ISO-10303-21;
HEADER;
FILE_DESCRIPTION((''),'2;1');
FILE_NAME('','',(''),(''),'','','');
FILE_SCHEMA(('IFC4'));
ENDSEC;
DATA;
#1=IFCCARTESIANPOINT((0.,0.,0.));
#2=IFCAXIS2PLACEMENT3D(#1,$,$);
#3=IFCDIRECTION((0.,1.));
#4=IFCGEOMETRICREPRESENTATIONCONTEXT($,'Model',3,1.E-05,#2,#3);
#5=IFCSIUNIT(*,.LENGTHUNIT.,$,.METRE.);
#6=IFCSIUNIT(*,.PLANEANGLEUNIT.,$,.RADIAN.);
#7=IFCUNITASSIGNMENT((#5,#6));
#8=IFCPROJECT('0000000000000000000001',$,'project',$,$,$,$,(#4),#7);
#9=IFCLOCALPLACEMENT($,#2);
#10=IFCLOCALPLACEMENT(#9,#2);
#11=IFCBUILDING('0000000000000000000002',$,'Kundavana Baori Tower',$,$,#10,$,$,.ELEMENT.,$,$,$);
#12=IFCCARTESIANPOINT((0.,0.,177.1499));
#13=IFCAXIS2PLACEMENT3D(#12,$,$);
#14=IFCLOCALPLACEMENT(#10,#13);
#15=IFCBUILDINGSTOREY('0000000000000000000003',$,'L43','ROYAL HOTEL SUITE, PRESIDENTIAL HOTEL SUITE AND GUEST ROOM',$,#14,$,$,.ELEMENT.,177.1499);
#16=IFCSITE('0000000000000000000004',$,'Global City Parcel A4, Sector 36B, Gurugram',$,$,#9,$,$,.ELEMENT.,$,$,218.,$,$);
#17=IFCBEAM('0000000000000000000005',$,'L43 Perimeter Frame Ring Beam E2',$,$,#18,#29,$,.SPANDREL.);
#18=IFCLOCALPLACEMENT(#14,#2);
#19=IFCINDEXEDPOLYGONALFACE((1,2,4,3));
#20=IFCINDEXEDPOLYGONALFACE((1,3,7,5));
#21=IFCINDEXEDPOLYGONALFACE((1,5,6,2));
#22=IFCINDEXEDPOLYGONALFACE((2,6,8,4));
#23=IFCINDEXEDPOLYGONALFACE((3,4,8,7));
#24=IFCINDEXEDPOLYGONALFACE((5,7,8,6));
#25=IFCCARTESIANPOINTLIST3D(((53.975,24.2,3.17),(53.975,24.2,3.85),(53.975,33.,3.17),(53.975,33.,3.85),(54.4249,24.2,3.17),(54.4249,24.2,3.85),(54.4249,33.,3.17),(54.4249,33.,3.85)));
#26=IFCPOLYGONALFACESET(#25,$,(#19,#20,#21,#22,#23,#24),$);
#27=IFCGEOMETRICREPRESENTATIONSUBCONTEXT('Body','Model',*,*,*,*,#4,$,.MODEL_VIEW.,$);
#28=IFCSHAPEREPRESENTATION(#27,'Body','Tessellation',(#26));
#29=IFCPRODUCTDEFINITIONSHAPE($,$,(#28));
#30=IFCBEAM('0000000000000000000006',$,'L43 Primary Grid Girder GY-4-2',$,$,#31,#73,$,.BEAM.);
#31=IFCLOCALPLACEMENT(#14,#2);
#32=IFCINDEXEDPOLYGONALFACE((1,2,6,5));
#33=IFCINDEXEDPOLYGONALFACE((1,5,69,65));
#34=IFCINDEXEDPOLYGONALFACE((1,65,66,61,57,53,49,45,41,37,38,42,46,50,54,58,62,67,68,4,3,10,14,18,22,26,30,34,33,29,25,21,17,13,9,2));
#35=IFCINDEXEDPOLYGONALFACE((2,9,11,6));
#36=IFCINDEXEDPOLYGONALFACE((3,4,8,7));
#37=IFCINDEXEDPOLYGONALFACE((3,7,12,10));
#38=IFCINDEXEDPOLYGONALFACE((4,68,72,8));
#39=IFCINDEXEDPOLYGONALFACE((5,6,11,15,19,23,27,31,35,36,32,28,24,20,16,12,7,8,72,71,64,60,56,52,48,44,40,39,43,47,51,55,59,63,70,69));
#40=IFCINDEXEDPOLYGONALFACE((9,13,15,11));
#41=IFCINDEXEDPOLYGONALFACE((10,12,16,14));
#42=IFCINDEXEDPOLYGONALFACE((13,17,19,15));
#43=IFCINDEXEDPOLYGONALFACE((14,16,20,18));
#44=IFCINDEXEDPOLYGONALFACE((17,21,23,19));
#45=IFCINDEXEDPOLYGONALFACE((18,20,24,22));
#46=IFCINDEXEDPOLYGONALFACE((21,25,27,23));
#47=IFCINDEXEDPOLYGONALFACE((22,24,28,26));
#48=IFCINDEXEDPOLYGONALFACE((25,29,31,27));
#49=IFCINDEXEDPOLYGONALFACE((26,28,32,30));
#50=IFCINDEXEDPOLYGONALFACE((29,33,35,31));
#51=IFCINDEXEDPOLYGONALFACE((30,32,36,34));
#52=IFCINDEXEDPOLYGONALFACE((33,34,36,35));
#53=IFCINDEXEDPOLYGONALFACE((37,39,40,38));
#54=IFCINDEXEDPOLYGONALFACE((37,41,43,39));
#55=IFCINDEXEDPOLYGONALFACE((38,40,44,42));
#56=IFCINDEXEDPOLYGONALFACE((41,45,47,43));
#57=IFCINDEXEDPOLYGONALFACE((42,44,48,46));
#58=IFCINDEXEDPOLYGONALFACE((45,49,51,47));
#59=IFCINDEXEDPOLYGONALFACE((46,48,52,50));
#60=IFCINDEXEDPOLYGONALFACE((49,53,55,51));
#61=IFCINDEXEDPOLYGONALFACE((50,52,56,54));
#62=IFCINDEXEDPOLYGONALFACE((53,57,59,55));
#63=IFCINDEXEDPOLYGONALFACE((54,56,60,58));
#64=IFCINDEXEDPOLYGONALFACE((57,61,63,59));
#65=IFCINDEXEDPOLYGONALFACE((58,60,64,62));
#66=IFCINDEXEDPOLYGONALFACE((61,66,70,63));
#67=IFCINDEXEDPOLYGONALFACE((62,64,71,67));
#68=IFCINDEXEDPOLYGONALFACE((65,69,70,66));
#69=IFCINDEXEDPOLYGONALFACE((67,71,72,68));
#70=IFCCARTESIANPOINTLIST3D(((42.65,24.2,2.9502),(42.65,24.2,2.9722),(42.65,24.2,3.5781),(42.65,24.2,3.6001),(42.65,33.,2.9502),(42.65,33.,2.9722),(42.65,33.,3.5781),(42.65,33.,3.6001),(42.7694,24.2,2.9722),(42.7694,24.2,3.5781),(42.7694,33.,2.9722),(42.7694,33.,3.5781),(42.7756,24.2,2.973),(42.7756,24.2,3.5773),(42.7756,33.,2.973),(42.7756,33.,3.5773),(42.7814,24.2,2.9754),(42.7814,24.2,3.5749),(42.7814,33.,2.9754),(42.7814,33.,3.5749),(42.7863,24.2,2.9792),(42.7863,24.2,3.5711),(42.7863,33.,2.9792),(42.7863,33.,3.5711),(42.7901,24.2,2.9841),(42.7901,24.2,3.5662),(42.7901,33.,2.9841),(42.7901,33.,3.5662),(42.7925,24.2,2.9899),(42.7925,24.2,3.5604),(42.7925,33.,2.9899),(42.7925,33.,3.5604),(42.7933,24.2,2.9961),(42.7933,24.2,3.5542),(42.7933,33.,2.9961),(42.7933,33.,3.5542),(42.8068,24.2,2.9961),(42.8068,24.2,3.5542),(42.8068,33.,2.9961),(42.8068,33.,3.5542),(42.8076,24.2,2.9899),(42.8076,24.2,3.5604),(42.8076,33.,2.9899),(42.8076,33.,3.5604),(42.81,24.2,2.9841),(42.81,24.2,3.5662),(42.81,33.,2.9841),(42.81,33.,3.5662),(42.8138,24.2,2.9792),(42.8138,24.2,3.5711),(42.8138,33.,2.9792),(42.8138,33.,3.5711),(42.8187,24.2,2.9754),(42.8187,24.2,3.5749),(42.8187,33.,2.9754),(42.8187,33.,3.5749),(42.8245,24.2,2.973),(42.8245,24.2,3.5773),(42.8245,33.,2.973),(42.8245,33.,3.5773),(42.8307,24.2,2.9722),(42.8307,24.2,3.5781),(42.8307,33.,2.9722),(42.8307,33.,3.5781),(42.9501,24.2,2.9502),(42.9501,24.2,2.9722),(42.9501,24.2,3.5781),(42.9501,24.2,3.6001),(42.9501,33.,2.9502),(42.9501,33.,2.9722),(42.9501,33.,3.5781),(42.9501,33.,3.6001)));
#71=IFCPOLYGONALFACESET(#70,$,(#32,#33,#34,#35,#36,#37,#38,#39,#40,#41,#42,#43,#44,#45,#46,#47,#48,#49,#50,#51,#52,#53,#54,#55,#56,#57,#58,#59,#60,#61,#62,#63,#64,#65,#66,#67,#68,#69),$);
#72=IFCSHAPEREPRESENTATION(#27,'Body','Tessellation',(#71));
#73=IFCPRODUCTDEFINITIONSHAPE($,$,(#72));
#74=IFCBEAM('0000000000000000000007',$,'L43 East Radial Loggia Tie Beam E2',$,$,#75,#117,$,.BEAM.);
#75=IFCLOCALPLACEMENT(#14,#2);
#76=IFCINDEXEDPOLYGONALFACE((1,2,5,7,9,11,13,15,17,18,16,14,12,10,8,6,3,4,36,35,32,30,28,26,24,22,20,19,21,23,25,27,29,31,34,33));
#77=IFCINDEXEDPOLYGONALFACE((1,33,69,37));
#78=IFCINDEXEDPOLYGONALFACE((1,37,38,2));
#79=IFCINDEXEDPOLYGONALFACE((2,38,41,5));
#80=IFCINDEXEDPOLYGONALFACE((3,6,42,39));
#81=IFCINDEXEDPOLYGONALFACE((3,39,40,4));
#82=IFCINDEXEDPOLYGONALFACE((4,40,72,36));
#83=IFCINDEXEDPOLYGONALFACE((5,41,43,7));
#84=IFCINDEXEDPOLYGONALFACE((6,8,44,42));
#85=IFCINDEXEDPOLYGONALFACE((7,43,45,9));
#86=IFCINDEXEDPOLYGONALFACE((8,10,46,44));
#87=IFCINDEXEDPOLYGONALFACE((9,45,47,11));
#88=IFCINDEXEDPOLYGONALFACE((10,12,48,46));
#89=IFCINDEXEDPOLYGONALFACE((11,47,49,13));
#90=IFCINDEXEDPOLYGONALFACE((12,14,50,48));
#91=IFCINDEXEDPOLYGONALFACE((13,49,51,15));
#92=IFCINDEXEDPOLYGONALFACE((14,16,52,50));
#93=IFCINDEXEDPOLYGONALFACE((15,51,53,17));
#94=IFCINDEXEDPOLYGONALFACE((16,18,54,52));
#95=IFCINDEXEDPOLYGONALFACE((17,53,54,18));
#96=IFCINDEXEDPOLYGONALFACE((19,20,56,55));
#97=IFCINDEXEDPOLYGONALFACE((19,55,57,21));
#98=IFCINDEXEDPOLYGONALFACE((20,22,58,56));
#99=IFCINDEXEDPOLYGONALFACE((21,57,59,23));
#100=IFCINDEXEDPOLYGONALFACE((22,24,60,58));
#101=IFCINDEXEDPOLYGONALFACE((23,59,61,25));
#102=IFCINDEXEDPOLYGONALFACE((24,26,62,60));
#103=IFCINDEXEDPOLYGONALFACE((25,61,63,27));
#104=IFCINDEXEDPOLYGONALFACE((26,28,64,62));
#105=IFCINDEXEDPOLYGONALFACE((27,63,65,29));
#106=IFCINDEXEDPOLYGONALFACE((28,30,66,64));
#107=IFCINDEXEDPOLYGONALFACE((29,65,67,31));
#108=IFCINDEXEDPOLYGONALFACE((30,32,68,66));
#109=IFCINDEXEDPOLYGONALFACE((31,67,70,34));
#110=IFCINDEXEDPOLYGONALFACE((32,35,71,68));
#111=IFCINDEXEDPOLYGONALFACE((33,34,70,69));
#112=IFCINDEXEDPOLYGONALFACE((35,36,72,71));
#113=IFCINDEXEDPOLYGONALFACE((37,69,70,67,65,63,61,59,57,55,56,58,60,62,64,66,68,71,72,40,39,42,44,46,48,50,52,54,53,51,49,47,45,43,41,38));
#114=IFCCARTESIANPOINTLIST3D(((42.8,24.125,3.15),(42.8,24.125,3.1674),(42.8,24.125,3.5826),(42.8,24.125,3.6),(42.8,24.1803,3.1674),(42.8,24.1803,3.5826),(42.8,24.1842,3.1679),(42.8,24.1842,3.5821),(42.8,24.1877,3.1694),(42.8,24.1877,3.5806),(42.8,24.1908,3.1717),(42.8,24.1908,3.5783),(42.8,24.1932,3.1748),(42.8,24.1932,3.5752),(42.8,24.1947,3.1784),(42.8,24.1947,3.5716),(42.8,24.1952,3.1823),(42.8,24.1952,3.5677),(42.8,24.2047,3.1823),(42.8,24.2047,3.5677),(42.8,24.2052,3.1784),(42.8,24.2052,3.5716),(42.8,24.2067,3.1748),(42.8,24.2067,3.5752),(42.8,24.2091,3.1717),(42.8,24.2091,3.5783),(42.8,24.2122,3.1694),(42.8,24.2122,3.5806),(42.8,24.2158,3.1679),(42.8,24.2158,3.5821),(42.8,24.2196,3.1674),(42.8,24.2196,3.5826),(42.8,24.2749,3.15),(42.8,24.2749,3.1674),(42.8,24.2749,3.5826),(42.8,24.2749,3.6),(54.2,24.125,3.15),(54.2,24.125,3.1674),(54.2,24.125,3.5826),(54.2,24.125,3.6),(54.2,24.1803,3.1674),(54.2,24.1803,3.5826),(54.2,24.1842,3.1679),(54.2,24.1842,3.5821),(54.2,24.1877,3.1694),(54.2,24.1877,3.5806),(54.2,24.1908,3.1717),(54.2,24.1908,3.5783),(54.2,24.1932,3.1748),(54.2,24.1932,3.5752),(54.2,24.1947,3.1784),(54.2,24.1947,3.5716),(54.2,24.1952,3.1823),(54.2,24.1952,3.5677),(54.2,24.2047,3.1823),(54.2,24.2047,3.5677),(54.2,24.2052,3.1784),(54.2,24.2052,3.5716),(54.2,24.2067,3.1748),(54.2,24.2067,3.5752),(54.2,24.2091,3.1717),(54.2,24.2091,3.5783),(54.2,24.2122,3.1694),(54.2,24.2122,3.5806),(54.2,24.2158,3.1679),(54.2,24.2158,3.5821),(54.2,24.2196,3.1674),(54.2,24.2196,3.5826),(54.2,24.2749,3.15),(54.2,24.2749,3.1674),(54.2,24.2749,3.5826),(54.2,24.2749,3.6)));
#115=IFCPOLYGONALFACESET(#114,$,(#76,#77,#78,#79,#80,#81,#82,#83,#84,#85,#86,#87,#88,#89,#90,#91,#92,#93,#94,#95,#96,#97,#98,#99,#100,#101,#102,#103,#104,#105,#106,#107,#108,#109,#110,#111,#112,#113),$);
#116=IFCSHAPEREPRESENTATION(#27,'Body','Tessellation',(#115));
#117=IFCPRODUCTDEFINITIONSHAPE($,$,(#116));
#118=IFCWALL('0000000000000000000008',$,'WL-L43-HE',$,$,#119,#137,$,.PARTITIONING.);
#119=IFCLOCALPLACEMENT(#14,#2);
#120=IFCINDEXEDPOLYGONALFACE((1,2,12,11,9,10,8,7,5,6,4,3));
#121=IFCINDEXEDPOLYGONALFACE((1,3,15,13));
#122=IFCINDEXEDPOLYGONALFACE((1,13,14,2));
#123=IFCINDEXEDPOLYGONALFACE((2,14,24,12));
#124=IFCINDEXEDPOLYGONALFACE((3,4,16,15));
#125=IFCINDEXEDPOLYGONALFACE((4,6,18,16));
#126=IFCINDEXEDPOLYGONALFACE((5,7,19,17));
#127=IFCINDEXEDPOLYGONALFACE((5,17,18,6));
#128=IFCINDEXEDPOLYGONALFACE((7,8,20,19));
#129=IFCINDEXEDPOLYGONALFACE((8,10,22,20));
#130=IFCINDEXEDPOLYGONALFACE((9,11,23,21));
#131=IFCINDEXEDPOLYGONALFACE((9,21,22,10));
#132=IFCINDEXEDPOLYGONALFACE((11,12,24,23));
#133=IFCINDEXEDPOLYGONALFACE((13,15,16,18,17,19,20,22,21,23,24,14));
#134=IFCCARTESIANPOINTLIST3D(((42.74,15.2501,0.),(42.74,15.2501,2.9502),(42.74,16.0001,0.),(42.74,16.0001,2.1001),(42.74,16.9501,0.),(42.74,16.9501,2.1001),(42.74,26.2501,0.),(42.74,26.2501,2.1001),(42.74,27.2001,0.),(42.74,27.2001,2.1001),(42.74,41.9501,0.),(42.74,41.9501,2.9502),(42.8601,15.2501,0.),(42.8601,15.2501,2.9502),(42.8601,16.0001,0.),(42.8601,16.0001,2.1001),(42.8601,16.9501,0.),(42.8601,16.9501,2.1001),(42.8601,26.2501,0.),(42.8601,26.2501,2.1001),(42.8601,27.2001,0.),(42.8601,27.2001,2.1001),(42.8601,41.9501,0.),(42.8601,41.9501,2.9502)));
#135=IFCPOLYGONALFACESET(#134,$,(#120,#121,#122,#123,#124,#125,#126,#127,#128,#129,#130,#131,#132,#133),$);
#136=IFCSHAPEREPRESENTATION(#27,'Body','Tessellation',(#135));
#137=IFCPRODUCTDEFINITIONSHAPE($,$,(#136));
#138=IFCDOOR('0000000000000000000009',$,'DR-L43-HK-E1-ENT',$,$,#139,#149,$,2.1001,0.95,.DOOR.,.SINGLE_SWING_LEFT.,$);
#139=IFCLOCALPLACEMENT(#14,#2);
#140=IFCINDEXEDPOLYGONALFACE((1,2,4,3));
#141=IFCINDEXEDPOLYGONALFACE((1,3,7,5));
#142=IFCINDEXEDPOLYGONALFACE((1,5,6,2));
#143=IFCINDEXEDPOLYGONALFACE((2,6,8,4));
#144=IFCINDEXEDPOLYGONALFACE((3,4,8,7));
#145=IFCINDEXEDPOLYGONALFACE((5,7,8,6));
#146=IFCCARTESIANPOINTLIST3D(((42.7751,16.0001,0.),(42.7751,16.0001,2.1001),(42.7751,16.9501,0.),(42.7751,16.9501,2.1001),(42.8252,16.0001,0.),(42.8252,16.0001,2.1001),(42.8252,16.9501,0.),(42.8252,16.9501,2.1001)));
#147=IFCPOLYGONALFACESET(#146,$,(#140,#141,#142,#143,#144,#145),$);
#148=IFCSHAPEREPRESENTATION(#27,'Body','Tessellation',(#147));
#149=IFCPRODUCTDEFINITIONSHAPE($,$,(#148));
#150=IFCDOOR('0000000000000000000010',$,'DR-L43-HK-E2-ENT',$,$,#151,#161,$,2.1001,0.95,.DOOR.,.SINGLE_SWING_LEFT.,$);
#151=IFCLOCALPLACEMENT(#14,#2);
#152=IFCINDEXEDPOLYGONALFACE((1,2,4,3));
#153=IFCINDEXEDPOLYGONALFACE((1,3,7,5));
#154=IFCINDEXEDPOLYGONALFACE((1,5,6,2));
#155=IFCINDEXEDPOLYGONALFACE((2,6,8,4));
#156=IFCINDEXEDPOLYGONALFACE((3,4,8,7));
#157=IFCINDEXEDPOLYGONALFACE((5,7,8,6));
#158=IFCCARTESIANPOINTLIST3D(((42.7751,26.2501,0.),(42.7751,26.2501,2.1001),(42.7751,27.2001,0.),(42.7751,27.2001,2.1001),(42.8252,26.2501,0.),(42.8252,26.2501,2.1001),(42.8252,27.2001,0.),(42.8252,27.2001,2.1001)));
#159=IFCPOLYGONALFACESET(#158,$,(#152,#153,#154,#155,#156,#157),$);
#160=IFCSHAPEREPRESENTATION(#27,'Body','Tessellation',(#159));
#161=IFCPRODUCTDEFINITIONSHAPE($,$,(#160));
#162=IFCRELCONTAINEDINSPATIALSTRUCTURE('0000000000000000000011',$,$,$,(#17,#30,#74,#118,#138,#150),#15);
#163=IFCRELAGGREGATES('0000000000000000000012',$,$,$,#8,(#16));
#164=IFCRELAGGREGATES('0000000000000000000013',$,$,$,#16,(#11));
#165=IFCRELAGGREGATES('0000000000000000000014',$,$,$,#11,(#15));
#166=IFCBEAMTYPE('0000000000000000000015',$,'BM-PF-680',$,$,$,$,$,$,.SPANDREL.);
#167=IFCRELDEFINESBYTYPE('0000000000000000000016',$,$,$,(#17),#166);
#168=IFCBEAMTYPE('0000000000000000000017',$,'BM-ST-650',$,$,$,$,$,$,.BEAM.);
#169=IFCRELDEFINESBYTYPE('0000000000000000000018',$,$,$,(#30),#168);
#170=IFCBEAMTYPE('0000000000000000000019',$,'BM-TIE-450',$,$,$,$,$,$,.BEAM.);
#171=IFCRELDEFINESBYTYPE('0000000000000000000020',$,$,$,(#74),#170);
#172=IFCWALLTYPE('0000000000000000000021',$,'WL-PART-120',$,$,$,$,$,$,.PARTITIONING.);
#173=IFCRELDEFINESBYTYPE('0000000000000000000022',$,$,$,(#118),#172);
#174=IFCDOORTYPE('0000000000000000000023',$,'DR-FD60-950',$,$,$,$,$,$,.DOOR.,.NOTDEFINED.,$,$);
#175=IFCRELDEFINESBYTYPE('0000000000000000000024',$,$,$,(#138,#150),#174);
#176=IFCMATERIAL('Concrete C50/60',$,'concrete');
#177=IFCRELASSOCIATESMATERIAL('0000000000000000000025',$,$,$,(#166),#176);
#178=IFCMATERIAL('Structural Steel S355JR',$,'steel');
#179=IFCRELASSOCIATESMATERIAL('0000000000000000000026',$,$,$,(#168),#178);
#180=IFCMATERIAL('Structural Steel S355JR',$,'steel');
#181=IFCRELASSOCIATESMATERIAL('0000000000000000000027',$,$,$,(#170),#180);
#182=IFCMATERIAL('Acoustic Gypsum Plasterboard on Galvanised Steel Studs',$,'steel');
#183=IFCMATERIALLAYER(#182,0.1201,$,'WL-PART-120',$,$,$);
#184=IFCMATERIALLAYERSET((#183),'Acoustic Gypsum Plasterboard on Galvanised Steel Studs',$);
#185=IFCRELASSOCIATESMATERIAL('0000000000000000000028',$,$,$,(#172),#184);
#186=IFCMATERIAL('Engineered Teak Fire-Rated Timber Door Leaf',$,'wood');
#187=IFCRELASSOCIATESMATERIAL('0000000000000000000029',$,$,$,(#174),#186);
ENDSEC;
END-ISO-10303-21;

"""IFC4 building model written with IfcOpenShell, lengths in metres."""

from ifc_helpers import new_model, si_unit, direction, frame, frame_2d, origin, origin_2d, place, context, subcontext, project, spatial, rectangle, i_section, extrude, material, layer, layer_set, material_profile, profile_set, type_object, element, fill, save


model = new_model("IFC4")

# Units and contexts
model_context = context("Model", 3, precision=1e-05, world=origin(), true_north=direction((0.0, 1.0)))
body_context = subcontext(model_context, "Body", "Model", "MODEL_VIEW")
ifc_project = project(units=[si_unit("LENGTHUNIT", "METRE"), si_unit("PLANEANGLEUNIT", "RADIAN")], contexts=[model_context])

# Site, building, storey
site_placement = place(None, origin())
site = spatial("IfcSite", under=ifc_project, at=site_placement, Name="Global City Parcel A4, Sector 36B, Gurugram", CompositionType="ELEMENT", RefElevation=218.0)
building_placement = place(site_placement, origin())
building = spatial("IfcBuilding", under=site, at=building_placement, Name="Kundavana Baori Tower", CompositionType="ELEMENT")
storey_placement = place(building_placement, frame((0.0, 0.0, 177.1499)))
storey = spatial("IfcBuildingStorey", under=building, at=storey_placement, Name="L43", Description="ROYAL HOTEL SUITE, PRESIDENTIAL HOTEL SUITE AND GUEST ROOM", CompositionType="ELEMENT", Elevation=177.1499)

# Beams
ifc_material_1 = material(Name="Concrete C50/60", Category="concrete")
ifc_material_profile_1 = material_profile(ifc_material_1, rectangle(XDim=0.45, YDim=0.6799, at=origin_2d()), Name="RC BM 450x680")
ifc_profile_set_1 = profile_set([ifc_material_profile_1], Name="Concrete C50/60")
beam_type_1 = type_object("IfcBeamType", Name="BM-PF-680", PredefinedType="SPANDREL", material=ifc_profile_set_1)
beam_1_placement = place(storey_placement, frame((54.2, 24.2, 3.51), z_axis=(0.0, 1.0, 0.0), x_axis=(-1.0, 0.0, 0.0)))
element("IfcBeam", 1, at=beam_1_placement, inside=storey, type_object=beam_type_1, Name="L43 Perimeter Frame Ring Beam E2", PredefinedType="SPANDREL", context=body_context, shape_type="SweptSolid", body=[
    extrude(rectangle(XDim=0.45, YDim=0.6799, at=origin_2d()), origin(), (0.0, 0.0, 1.0), 8.8),
])
ifc_material_2 = material(Name="Structural Steel S355JR", Category="steel")
ifc_material_profile_2 = material_profile(ifc_material_2, i_section(OverallWidth=0.3, OverallDepth=0.6499, WebThickness=0.0134, FlangeThickness=0.022, FilletRadius=0.0239, at=origin_2d()), Name="NPB 650x300x155")
ifc_profile_set_2 = profile_set([ifc_material_profile_2], Name="Structural Steel S355JR")
beam_type_2 = type_object("IfcBeamType", Name="BM-ST-650", PredefinedType="BEAM", material=ifc_profile_set_2)
beam_2_placement = place(storey_placement, frame((42.8, 24.2, 3.2751), z_axis=(0.0, 1.0, 0.0), x_axis=(-1.0, 0.0, 0.0)))
element("IfcBeam", 2, at=beam_2_placement, inside=storey, type_object=beam_type_2, Name="L43 Primary Grid Girder GY-4-2", PredefinedType="BEAM", context=body_context, shape_type="SweptSolid", body=[
    extrude(i_section(OverallWidth=0.3, OverallDepth=0.6499, WebThickness=0.0134, FlangeThickness=0.022, FilletRadius=0.0239, at=origin_2d()), origin(), (0.0, 0.0, 1.0), 8.8),
])
ifc_material_3 = material(Name="Structural Steel S355JR", Category="steel")
ifc_material_profile_3 = material_profile(ifc_material_3, i_section(OverallWidth=0.1499, OverallDepth=0.45, WebThickness=0.0095, FlangeThickness=0.0173, FilletRadius=0.0149, at=origin_2d()), Name="ISMB 450")
ifc_profile_set_3 = profile_set([ifc_material_profile_3], Name="Structural Steel S355JR")
beam_type_3 = type_object("IfcBeamType", Name="BM-TIE-450", PredefinedType="BEAM", material=ifc_profile_set_3)
beam_3_placement = place(storey_placement, frame((42.8, 24.2, 3.375), z_axis=(1.0, 0.0, 0.0), x_axis=(0.0, 1.0, 0.0)))
element("IfcBeam", 3, at=beam_3_placement, inside=storey, type_object=beam_type_3, Name="L43 East Radial Loggia Tie Beam E2", PredefinedType="BEAM", context=body_context, shape_type="SweptSolid", body=[
    extrude(i_section(OverallWidth=0.1499, OverallDepth=0.45, WebThickness=0.0095, FlangeThickness=0.0173, FilletRadius=0.0149, at=origin_2d()), origin(), (0.0, 0.0, 1.0), 11.3999),
])

# Wall, openings, doors
ifc_material_4 = material(Name="Acoustic Gypsum Plasterboard on Galvanised Steel Studs", Category="steel")
ifc_layer_1 = layer(ifc_material_4, 0.1201, Name="WL-PART-120")
ifc_layer_set_1 = layer_set([ifc_layer_1], Name="Acoustic Gypsum Plasterboard on Galvanised Steel Studs")
wall_type_1 = type_object("IfcWallType", Name="WL-PART-120", PredefinedType="PARTITIONING", material=ifc_layer_set_1)
wall_1_placement = place(storey_placement, frame((42.8, 15.25, 0.0), z_axis=(0.0, 0.0, 1.0), x_axis=(0.0, 1.0, 0.0)))
wall_1 = element("IfcWall", 4, at=wall_1_placement, inside=storey, type_object=wall_type_1, Name="WL-L43-HE", PredefinedType="PARTITIONING", context=body_context, shape_type="SweptSolid", body=[
    extrude(rectangle(XDim=26.7, YDim=0.1201, at=frame_2d((13.3501, 0.0))), origin(), (0.0, 0.0, 1.0), 2.9502),
])
opening_1_placement = place(wall_1_placement, frame((0.75, 0.0, 0.0)))
opening_1 = element("IfcOpeningElement", 5, at=opening_1_placement, cuts=wall_1, PredefinedType="OPENING", context=body_context, shape_type="SweptSolid", body=[
    extrude(rectangle(XDim=0.95, YDim=2.1001, at=frame_2d((0.4751, 1.05))), frame((0.0, 0.0701, 0.0), z_axis=(0.0, -1.0, 0.0), x_axis=(1.0, 0.0, 0.0)), (0.0, 0.0, 1.0), 0.1401),
])
opening_2_placement = place(wall_1_placement, frame((11.0, 0.0, 0.0)))
opening_2 = element("IfcOpeningElement", 6, at=opening_2_placement, cuts=wall_1, PredefinedType="OPENING", context=body_context, shape_type="SweptSolid", body=[
    extrude(rectangle(XDim=0.95, YDim=2.1001, at=frame_2d((0.4751, 1.05))), frame((0.0, 0.0701, 0.0), z_axis=(0.0, -1.0, 0.0), x_axis=(1.0, 0.0, 0.0)), (0.0, 0.0, 1.0), 0.1401),
])
ifc_material_5 = material(Name="Engineered Teak Fire-Rated Timber Door Leaf", Category="wood")
door_type_1 = type_object("IfcDoorType", Name="DR-FD60-950", OperationType="NOTDEFINED", PredefinedType="DOOR", material=ifc_material_5)
door_1_placement = place(opening_1_placement, origin())
door_1 = element("IfcDoor", 7, at=door_1_placement, inside=storey, type_object=door_type_1, Name="DR-L43-HK-E1-ENT", OperationType="SINGLE_SWING_LEFT", OverallHeight=2.1001, OverallWidth=0.95, PredefinedType="DOOR", context=body_context, shape_type="SweptSolid", body=[
    extrude(rectangle(XDim=0.95, YDim=2.1001, at=frame_2d((0.4751, 1.05))), frame((0.0, 0.0249, 0.0), z_axis=(0.0, -1.0, 0.0), x_axis=(1.0, 0.0, 0.0)), (0.0, 0.0, 1.0), 0.05),
])
fill(opening_1, door_1)
door_2_placement = place(opening_2_placement, origin())
door_2 = element("IfcDoor", 8, at=door_2_placement, inside=storey, type_object=door_type_1, Name="DR-L43-HK-E2-ENT", OperationType="SINGLE_SWING_LEFT", OverallHeight=2.1001, OverallWidth=0.95, PredefinedType="DOOR", context=body_context, shape_type="SweptSolid", body=[
    extrude(rectangle(XDim=0.95, YDim=2.1001, at=frame_2d((0.4751, 1.05))), frame((0.0, 0.0249, 0.0), z_axis=(0.0, -1.0, 0.0), x_axis=(1.0, 0.0, 0.0)), (0.0, 0.0, 1.0), 0.05),
])
fill(opening_2, door_2)

save(model, "model.ifc")
